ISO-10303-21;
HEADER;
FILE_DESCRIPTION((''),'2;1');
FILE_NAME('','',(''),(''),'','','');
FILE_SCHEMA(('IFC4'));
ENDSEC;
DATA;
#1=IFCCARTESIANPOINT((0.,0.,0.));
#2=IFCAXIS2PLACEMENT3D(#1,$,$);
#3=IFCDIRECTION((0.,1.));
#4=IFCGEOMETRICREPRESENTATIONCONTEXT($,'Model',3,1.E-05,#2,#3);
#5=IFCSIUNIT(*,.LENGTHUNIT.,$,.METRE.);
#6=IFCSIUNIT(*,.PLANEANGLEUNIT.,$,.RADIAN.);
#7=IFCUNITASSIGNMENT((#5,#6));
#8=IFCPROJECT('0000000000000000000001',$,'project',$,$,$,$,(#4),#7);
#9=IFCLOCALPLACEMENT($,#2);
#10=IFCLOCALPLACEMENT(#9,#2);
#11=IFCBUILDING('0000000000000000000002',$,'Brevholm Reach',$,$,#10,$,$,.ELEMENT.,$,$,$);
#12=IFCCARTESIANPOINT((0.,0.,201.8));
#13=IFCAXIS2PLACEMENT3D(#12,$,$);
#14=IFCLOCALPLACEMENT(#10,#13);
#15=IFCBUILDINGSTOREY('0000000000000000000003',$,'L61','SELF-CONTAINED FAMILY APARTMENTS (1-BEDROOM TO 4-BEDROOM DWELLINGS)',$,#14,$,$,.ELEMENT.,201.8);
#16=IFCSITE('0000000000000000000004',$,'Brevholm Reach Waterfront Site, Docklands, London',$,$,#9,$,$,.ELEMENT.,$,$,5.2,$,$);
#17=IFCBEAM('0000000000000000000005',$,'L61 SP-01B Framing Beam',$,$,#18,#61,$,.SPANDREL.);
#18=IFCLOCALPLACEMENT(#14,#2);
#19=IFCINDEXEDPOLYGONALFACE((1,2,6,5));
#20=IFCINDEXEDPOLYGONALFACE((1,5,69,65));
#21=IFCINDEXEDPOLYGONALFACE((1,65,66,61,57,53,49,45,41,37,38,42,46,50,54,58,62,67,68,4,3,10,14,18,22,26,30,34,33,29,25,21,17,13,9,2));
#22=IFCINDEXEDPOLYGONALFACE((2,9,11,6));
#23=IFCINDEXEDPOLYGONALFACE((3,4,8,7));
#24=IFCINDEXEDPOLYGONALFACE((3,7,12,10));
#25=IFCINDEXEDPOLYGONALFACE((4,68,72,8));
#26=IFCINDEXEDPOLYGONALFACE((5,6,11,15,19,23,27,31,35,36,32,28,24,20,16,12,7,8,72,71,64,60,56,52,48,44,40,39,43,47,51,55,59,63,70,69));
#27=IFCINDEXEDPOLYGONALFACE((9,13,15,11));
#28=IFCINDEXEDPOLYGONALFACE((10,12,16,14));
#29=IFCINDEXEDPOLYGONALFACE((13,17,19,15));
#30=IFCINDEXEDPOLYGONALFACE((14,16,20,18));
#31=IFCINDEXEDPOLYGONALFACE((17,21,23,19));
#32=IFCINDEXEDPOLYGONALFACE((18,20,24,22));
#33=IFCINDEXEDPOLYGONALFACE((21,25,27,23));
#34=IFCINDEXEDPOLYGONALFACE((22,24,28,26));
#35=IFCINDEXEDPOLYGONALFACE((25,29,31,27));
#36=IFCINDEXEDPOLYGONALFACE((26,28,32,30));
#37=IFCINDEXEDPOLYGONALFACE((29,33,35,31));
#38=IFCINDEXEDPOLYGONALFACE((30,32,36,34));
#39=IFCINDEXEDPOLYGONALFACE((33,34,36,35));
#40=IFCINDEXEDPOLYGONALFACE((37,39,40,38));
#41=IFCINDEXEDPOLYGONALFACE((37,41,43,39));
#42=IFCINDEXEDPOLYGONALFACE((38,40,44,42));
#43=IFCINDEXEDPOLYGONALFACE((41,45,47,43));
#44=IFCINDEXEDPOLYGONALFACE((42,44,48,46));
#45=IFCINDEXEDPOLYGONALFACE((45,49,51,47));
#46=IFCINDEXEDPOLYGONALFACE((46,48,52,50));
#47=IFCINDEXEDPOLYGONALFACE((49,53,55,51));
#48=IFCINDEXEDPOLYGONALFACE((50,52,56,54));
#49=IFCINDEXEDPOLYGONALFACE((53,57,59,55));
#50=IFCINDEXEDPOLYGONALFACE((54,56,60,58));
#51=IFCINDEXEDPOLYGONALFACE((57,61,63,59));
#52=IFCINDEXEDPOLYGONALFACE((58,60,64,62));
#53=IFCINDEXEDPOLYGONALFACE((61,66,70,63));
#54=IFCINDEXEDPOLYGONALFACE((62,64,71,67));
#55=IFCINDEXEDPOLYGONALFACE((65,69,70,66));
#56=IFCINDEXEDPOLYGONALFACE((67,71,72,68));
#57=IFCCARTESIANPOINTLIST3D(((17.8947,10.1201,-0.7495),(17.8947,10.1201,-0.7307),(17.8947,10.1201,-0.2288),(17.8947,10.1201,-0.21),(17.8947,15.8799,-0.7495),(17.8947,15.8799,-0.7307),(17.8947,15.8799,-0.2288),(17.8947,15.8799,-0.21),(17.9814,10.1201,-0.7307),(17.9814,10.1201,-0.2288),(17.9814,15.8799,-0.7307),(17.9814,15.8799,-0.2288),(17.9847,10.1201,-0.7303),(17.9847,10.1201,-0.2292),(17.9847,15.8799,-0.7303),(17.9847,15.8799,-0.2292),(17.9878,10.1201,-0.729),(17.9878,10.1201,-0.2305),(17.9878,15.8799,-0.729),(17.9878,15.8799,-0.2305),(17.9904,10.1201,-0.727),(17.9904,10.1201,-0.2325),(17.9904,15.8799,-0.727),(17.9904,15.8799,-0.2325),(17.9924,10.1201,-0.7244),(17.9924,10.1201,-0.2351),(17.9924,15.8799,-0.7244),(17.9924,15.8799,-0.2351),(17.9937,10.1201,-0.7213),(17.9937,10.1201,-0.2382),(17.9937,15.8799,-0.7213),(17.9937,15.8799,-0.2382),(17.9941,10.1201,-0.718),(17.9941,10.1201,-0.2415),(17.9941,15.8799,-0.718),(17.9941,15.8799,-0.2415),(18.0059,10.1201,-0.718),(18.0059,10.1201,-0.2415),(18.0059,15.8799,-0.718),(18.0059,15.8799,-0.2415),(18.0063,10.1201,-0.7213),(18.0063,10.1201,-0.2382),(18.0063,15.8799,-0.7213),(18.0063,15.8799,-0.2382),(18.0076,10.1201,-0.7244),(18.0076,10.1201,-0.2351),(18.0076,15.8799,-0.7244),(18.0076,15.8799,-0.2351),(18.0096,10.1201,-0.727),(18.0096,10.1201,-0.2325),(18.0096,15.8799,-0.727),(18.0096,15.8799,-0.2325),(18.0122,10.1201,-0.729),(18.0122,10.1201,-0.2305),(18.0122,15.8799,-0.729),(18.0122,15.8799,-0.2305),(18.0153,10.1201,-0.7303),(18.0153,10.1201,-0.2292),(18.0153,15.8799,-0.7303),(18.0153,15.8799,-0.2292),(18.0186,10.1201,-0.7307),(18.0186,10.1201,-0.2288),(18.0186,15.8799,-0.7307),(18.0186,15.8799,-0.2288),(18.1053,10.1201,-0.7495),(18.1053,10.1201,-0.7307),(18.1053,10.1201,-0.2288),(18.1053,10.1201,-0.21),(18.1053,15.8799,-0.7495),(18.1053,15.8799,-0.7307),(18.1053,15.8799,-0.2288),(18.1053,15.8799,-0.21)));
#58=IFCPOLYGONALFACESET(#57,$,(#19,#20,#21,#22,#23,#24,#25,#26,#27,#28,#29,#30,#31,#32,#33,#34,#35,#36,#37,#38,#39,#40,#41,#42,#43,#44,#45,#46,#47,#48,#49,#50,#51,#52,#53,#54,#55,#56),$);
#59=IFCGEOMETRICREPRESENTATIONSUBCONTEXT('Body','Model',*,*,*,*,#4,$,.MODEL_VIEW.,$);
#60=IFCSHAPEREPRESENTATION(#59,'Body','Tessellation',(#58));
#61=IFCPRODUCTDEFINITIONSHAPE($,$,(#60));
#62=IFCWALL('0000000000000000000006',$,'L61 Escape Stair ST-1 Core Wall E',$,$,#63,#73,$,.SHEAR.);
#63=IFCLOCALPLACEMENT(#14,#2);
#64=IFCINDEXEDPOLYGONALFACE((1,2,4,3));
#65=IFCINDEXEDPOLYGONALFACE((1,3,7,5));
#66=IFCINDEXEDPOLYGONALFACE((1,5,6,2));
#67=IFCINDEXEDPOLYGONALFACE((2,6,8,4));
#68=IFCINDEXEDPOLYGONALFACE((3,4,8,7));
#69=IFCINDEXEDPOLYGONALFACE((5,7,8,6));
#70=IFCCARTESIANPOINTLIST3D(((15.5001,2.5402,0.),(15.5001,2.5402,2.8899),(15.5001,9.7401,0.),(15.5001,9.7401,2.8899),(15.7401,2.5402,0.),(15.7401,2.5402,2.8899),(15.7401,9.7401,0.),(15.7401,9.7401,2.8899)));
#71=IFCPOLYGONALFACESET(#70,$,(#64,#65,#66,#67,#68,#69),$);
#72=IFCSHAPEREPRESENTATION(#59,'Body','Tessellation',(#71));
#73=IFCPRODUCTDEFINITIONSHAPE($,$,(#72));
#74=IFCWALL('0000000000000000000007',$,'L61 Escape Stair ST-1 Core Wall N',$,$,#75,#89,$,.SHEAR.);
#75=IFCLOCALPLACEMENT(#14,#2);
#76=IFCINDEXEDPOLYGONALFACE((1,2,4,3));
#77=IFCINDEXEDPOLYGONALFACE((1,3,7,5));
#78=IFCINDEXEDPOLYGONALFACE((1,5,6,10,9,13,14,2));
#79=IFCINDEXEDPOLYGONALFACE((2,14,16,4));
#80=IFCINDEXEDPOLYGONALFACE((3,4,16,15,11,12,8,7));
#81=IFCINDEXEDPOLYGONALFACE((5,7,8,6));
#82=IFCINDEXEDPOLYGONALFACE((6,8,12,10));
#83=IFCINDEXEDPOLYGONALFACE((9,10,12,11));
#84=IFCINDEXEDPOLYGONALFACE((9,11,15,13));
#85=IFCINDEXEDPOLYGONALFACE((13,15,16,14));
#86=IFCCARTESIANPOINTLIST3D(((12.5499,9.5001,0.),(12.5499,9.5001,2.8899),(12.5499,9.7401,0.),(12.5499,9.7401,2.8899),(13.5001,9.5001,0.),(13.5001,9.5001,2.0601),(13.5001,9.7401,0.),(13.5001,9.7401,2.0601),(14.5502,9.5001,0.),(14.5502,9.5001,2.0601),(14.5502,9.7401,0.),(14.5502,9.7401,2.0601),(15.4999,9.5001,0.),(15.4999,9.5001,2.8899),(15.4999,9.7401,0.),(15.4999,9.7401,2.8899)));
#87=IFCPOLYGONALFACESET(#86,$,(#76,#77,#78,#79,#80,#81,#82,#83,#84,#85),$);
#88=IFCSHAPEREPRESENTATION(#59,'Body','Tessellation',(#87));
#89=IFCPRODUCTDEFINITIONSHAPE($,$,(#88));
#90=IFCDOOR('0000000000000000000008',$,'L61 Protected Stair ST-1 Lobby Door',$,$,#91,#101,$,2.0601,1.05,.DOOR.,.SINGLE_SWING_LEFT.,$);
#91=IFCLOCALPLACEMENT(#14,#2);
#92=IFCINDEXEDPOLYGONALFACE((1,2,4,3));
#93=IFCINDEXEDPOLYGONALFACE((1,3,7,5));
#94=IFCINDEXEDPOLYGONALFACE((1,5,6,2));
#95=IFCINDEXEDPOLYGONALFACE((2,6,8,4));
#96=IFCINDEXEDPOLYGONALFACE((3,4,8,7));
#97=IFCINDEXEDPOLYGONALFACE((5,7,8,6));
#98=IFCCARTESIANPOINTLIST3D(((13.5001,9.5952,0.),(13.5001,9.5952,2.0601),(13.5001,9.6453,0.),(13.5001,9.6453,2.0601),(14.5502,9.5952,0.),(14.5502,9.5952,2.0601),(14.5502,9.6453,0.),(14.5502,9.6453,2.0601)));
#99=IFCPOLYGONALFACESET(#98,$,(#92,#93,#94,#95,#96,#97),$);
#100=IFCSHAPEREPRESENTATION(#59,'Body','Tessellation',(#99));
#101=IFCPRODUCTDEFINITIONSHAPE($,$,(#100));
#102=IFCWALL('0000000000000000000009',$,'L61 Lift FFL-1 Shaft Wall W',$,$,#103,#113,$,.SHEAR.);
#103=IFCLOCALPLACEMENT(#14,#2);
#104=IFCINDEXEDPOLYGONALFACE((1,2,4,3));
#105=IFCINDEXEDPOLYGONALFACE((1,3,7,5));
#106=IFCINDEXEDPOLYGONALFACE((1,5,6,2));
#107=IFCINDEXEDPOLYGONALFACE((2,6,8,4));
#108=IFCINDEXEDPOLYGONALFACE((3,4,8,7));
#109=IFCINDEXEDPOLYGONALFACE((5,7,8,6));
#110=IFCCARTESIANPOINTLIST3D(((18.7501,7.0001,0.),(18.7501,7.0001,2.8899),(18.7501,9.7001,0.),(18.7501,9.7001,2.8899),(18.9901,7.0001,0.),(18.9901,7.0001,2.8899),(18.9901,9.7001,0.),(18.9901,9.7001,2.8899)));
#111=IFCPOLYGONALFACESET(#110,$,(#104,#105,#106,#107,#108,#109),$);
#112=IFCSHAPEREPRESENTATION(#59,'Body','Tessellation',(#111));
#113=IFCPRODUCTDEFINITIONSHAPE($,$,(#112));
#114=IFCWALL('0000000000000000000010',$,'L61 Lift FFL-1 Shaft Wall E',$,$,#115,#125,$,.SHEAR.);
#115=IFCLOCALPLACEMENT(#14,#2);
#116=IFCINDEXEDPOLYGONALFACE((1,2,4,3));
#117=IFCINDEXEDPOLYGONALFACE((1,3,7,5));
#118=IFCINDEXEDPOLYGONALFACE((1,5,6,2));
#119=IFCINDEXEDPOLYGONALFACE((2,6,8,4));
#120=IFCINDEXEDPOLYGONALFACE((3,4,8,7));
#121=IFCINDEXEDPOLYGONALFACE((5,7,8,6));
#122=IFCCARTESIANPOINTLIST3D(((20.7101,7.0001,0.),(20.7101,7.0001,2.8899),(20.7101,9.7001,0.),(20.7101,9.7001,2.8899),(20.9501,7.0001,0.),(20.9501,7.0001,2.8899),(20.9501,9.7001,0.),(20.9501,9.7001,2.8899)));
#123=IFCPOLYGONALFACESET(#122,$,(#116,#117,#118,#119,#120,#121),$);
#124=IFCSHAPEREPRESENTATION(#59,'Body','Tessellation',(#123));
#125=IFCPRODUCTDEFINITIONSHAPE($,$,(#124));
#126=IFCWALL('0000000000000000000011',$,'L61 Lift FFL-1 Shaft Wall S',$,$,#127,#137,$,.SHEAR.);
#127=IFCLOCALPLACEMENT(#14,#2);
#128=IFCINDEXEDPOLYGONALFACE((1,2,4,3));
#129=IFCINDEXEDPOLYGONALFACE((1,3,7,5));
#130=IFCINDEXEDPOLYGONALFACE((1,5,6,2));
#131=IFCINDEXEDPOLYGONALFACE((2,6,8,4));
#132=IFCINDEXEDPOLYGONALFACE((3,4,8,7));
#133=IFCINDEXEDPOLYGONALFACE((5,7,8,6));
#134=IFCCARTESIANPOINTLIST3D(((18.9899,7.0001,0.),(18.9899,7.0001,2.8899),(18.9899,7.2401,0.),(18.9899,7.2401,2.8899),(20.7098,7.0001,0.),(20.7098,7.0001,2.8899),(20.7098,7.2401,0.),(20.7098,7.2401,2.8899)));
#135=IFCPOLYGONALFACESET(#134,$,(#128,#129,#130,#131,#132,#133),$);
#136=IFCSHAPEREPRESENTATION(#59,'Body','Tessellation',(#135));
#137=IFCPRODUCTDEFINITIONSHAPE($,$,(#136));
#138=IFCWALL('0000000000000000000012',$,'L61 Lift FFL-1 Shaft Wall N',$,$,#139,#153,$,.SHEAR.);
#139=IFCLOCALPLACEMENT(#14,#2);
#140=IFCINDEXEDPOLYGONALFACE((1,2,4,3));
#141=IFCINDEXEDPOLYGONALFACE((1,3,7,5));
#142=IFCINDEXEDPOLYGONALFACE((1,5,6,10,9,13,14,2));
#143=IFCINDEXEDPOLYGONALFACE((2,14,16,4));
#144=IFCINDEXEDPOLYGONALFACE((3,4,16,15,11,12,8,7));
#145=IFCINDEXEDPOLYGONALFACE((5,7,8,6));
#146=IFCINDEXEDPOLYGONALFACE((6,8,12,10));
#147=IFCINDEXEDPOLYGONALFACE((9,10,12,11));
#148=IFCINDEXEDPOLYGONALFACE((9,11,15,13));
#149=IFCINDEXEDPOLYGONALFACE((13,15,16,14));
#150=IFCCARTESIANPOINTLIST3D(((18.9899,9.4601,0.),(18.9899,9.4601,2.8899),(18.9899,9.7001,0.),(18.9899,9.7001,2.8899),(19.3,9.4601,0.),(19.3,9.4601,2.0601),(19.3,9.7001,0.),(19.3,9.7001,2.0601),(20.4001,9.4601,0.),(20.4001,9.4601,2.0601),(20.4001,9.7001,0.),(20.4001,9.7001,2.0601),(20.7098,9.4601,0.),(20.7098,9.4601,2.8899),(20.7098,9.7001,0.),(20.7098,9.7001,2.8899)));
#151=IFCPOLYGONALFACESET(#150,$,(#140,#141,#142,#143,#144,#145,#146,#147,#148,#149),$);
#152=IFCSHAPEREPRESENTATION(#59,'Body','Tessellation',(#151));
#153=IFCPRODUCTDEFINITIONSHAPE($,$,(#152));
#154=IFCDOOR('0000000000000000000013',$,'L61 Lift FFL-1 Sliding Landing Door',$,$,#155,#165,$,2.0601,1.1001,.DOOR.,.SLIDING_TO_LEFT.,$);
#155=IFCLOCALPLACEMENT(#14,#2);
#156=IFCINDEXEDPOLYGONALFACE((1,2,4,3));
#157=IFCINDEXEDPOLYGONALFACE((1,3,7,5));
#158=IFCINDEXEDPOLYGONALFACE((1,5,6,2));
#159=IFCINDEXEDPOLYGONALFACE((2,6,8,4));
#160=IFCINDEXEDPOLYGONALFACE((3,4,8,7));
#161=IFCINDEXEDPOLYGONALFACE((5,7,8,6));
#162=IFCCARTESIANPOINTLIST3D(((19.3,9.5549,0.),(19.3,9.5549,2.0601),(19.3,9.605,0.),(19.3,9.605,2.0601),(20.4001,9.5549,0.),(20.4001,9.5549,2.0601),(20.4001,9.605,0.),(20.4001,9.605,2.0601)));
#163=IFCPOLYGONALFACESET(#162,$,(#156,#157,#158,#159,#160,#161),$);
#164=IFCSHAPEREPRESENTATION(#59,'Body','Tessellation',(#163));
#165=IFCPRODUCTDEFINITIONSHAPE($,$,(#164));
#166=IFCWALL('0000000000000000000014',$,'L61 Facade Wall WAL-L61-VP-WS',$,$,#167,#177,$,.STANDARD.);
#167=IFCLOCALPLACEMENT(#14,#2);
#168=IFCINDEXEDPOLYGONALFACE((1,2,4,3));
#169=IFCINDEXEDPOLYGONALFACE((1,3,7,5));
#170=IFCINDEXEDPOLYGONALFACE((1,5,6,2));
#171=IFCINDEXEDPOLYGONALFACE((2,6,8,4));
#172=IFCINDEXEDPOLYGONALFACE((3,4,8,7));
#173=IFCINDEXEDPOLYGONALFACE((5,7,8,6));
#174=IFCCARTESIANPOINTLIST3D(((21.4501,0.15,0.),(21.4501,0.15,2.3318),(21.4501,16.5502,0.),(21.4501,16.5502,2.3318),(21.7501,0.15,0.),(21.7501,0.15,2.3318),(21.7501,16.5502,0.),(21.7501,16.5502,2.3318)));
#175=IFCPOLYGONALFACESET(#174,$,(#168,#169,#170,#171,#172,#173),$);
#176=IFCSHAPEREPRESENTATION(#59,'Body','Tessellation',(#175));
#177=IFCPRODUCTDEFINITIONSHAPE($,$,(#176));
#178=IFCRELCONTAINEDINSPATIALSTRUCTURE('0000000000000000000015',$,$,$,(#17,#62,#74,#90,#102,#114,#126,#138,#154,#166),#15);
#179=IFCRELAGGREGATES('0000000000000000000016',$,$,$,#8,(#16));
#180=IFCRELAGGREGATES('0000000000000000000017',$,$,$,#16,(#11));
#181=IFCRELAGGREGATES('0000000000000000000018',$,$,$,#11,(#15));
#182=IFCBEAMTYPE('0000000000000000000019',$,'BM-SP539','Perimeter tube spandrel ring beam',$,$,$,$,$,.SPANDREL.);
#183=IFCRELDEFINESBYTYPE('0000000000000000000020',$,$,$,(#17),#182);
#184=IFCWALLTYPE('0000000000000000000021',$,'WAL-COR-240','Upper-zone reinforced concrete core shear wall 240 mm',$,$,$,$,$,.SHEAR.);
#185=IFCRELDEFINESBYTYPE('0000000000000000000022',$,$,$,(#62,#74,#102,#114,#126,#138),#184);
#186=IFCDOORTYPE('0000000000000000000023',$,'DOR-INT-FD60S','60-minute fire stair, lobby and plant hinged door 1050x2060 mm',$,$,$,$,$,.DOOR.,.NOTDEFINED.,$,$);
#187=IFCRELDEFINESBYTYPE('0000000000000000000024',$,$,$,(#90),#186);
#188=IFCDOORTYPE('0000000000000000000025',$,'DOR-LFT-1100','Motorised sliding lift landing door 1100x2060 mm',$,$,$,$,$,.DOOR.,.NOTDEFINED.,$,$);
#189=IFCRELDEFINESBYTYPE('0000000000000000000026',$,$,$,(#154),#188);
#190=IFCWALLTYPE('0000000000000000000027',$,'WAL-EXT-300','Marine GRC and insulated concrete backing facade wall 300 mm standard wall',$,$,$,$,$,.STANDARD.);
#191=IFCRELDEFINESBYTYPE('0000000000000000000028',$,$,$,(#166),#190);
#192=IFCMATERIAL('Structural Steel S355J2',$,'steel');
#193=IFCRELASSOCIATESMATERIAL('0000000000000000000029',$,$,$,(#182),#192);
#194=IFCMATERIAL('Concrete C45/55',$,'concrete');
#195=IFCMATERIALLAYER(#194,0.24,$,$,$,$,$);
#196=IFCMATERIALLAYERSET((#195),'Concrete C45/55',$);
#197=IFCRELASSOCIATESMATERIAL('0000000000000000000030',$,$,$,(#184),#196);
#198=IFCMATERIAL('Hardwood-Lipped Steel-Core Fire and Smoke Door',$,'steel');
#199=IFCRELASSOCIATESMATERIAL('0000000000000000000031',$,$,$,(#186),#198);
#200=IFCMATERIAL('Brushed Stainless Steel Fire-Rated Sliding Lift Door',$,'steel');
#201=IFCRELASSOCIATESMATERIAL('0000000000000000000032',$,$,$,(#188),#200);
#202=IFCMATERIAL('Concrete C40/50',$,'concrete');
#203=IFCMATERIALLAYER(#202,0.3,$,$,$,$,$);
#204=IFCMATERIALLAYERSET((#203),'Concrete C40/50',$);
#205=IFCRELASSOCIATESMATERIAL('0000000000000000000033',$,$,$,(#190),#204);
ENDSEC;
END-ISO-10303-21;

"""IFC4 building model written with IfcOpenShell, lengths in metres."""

from ifc_helpers import new_model, si_unit, direction, frame, frame_2d, origin, origin_2d, place, context, subcontext, project, spatial, rectangle, i_section, extrude, material, layer, layer_set, material_profile, profile_set, type_object, element, fill, save


model = new_model("IFC4")

# Units and contexts
model_context = context("Model", 3, precision=1e-05, world=origin(), true_north=direction((0.0, 1.0)))
body_context = subcontext(model_context, "Body", "Model", "MODEL_VIEW")
ifc_project = project(units=[si_unit("LENGTHUNIT", "METRE"), si_unit("PLANEANGLEUNIT", "RADIAN")], contexts=[model_context])

# Site, building, storey
site_placement = place(None, origin())
site = spatial("IfcSite", under=ifc_project, at=site_placement, Name="Brevholm Reach Waterfront Site, Docklands, London", CompositionType="ELEMENT", RefElevation=5.2)
building_placement = place(site_placement, origin())
building = spatial("IfcBuilding", under=site, at=building_placement, Name="Brevholm Reach", CompositionType="ELEMENT")
storey_placement = place(building_placement, frame((0.0, 0.0, 201.8)))
storey = spatial("IfcBuildingStorey", under=building, at=storey_placement, Name="L61", Description="SELF-CONTAINED FAMILY APARTMENTS (1-BEDROOM TO 4-BEDROOM DWELLINGS)", CompositionType="ELEMENT", Elevation=201.8)

# Beam
ifc_material_1 = material(Name="Structural Steel S355J2", Category="steel")
ifc_material_profile_1 = material_profile(ifc_material_1, i_section(OverallWidth=0.2107, OverallDepth=0.5396, WebThickness=0.0117, FlangeThickness=0.0188, FilletRadius=0.0127, at=origin_2d()), Name="UKB 533x210x109")
ifc_profile_set_1 = profile_set([ifc_material_profile_1], Name="Structural Steel S355J2")
beam_type_1 = type_object("IfcBeamType", Name="BM-SP539", Description="Perimeter tube spandrel ring beam", PredefinedType="SPANDREL", material=ifc_profile_set_1)
beam_1_placement = place(storey_placement, frame((18.0, 10.1201, -0.4797), z_axis=(0.0, 1.0, 0.0), x_axis=(-1.0, 0.0, 0.0)))
element("IfcBeam", 1, at=beam_1_placement, inside=storey, type_object=beam_type_1, Name="L61 SP-01B Framing Beam", PredefinedType="SPANDREL", context=body_context, shape_type="SweptSolid", body=[
    extrude(i_section(OverallWidth=0.2107, OverallDepth=0.5396, WebThickness=0.0117, FlangeThickness=0.0188, FilletRadius=0.0127, at=origin_2d()), origin(), (0.0, 0.0, 1.0), 5.7598),
])

# Wall
ifc_material_2 = material(Name="Concrete C45/55", Category="concrete")
ifc_layer_1 = layer(ifc_material_2, 0.24)
ifc_layer_set_1 = layer_set([ifc_layer_1], Name="Concrete C45/55")
wall_type_1 = type_object("IfcWallType", Name="WAL-COR-240", Description="Upper-zone reinforced concrete core shear wall 240 mm", PredefinedType="SHEAR", material=ifc_layer_set_1)
wall_1_placement = place(storey_placement, frame((15.6201, 2.54, 0.0), z_axis=(0.0, 0.0, 1.0), x_axis=(0.0, 1.0, 0.0)))
element("IfcWall", 2, at=wall_1_placement, inside=storey, type_object=wall_type_1, Name="L61 Escape Stair ST-1 Core Wall E", PredefinedType="SHEAR", context=body_context, shape_type="SweptSolid", body=[
    extrude(rectangle(XDim=7.2, YDim=0.24, at=frame_2d((3.6001, 0.0))), origin(), (0.0, 0.0, 1.0), 2.8899),
])

# Wall, opening, door
wall_2_placement = place(storey_placement, frame((15.5, 9.6201, 0.0), z_axis=(0.0, 0.0, 1.0), x_axis=(-1.0, 0.0, 0.0)))
wall_2 = element("IfcWall", 3, at=wall_2_placement, inside=storey, type_object=wall_type_1, Name="L61 Escape Stair ST-1 Core Wall N", PredefinedType="SHEAR", context=body_context, shape_type="SweptSolid", body=[
    extrude(rectangle(XDim=2.95, YDim=0.24, at=frame_2d((1.4751, 0.0))), origin(), (0.0, 0.0, 1.0), 2.8899),
])
opening_1_placement = place(wall_2_placement, frame((0.95, 0.0, 0.0)))
opening_1 = element("IfcOpeningElement", 4, at=opening_1_placement, cuts=wall_2, PredefinedType="OPENING", context=body_context, shape_type="SweptSolid", body=[
    extrude(rectangle(XDim=1.05, YDim=2.0601, at=frame_2d((0.5249, 1.03))), frame((0.0, 0.1299, 0.0), z_axis=(0.0, -1.0, 0.0), x_axis=(1.0, 0.0, 0.0)), (0.0, 0.0, 1.0), 0.26),
])
ifc_material_3 = material(Name="Hardwood-Lipped Steel-Core Fire and Smoke Door", Category="steel")
door_type_1 = type_object("IfcDoorType", Name="DOR-INT-FD60S", Description="60-minute fire stair, lobby and plant hinged door 1050x2060 mm", OperationType="NOTDEFINED", PredefinedType="DOOR", material=ifc_material_3)
door_1_placement = place(opening_1_placement, origin())
door_1 = element("IfcDoor", 5, at=door_1_placement, inside=storey, type_object=door_type_1, Name="L61 Protected Stair ST-1 Lobby Door", OperationType="SINGLE_SWING_LEFT", OverallHeight=2.0601, OverallWidth=1.05, PredefinedType="DOOR", context=body_context, shape_type="SweptSolid", body=[
    extrude(rectangle(XDim=1.05, YDim=2.0601, at=frame_2d((0.5249, 1.03))), frame((0.0, 0.0249, 0.0), z_axis=(0.0, -1.0, 0.0), x_axis=(1.0, 0.0, 0.0)), (0.0, 0.0, 1.0), 0.05),
])
fill(opening_1, door_1)

# Walls
for number, where, z_axis, x_axis, name in (
    (6, (18.8701, 7.0, 0.0), (0.0, 0.0, 1.0), (0.0, 1.0, 0.0), "L61 Lift FFL-1 Shaft Wall W"),
    (7, (20.8301, 7.0, 0.0), (0.0, 0.0, 1.0), (0.0, 1.0, 0.0), "L61 Lift FFL-1 Shaft Wall E"),
):
    element("IfcWall", number, at=place(storey_placement, frame(where, z_axis=z_axis, x_axis=x_axis)), inside=storey, type_object=wall_type_1, Name=name, PredefinedType="SHEAR", context=body_context, shape_type="SweptSolid", body=[
        extrude(rectangle(XDim=2.7, YDim=0.24, at=frame_2d((1.3501, 0.0))), origin(), (0.0, 0.0, 1.0), 2.8899),
    ])
wall_3_placement = place(storey_placement, frame((18.99, 7.1201, 0.0), z_axis=(0.0, 0.0, 1.0), x_axis=(1.0, 0.0, 0.0)))
element("IfcWall", 8, at=wall_3_placement, inside=storey, type_object=wall_type_1, Name="L61 Lift FFL-1 Shaft Wall S", PredefinedType="SHEAR", context=body_context, shape_type="SweptSolid", body=[
    extrude(rectangle(XDim=1.72, YDim=0.24, at=frame_2d((0.8599, 0.0))), origin(), (0.0, 0.0, 1.0), 2.8899),
])

# Wall, opening, door
wall_4_placement = place(storey_placement, frame((18.99, 9.5801, 0.0), z_axis=(0.0, 0.0, 1.0), x_axis=(1.0, 0.0, 0.0)))
wall_4 = element("IfcWall", 9, at=wall_4_placement, inside=storey, type_object=wall_type_1, Name="L61 Lift FFL-1 Shaft Wall N", PredefinedType="SHEAR", context=body_context, shape_type="SweptSolid", body=[
    extrude(rectangle(XDim=1.72, YDim=0.24, at=frame_2d((0.8599, 0.0))), origin(), (0.0, 0.0, 1.0), 2.8899),
])
opening_2_placement = place(wall_4_placement, frame((0.3101, 0.0, 0.0)))
opening_2 = element("IfcOpeningElement", 10, at=opening_2_placement, cuts=wall_4, PredefinedType="OPENING", context=body_context, shape_type="SweptSolid", body=[
    extrude(rectangle(XDim=1.1001, YDim=2.0601, at=frame_2d((0.55, 1.03))), frame((0.0, 0.1299, 0.0), z_axis=(0.0, -1.0, 0.0), x_axis=(1.0, 0.0, 0.0)), (0.0, 0.0, 1.0), 0.26),
])
ifc_material_4 = material(Name="Brushed Stainless Steel Fire-Rated Sliding Lift Door", Category="steel")
door_type_2 = type_object("IfcDoorType", Name="DOR-LFT-1100", Description="Motorised sliding lift landing door 1100x2060 mm", OperationType="NOTDEFINED", PredefinedType="DOOR", material=ifc_material_4)
door_2_placement = place(opening_2_placement, origin())
door_2 = element("IfcDoor", 11, at=door_2_placement, inside=storey, type_object=door_type_2, Name="L61 Lift FFL-1 Sliding Landing Door", OperationType="SLIDING_TO_LEFT", OverallHeight=2.0601, OverallWidth=1.1001, PredefinedType="DOOR", context=body_context, shape_type="SweptSolid", body=[
    extrude(rectangle(XDim=1.1001, YDim=2.0601, at=frame_2d((0.55, 1.03))), frame((0.0, 0.0249, 0.0), z_axis=(0.0, -1.0, 0.0), x_axis=(1.0, 0.0, 0.0)), (0.0, 0.0, 1.0), 0.05),
])
fill(opening_2, door_2)

# Wall
ifc_material_5 = material(Name="Concrete C40/50", Category="concrete")
ifc_layer_2 = layer(ifc_material_5, 0.3)
ifc_layer_set_2 = layer_set([ifc_layer_2], Name="Concrete C40/50")
wall_type_2 = type_object("IfcWallType", Name="WAL-EXT-300", Description="Marine GRC and insulated concrete backing facade wall 300 mm standard wall", PredefinedType="STANDARD", material=ifc_layer_set_2)
wall_5_placement = place(storey_placement, frame((21.6001, 0.1499, 0.0), z_axis=(0.0, 0.0, 1.0), x_axis=(0.0, 1.0, 0.0)))
element("IfcWall", 12, at=wall_5_placement, inside=storey, type_object=wall_type_2, Name="L61 Facade Wall WAL-L61-VP-WS", PredefinedType="STANDARD", context=body_context, shape_type="SweptSolid", body=[
    extrude(rectangle(XDim=16.4001, YDim=0.3, at=frame_2d((8.2002, 0.0))), origin(), (0.0, 0.0, 1.0), 2.3318),
])

save(model, "model.ifc")
